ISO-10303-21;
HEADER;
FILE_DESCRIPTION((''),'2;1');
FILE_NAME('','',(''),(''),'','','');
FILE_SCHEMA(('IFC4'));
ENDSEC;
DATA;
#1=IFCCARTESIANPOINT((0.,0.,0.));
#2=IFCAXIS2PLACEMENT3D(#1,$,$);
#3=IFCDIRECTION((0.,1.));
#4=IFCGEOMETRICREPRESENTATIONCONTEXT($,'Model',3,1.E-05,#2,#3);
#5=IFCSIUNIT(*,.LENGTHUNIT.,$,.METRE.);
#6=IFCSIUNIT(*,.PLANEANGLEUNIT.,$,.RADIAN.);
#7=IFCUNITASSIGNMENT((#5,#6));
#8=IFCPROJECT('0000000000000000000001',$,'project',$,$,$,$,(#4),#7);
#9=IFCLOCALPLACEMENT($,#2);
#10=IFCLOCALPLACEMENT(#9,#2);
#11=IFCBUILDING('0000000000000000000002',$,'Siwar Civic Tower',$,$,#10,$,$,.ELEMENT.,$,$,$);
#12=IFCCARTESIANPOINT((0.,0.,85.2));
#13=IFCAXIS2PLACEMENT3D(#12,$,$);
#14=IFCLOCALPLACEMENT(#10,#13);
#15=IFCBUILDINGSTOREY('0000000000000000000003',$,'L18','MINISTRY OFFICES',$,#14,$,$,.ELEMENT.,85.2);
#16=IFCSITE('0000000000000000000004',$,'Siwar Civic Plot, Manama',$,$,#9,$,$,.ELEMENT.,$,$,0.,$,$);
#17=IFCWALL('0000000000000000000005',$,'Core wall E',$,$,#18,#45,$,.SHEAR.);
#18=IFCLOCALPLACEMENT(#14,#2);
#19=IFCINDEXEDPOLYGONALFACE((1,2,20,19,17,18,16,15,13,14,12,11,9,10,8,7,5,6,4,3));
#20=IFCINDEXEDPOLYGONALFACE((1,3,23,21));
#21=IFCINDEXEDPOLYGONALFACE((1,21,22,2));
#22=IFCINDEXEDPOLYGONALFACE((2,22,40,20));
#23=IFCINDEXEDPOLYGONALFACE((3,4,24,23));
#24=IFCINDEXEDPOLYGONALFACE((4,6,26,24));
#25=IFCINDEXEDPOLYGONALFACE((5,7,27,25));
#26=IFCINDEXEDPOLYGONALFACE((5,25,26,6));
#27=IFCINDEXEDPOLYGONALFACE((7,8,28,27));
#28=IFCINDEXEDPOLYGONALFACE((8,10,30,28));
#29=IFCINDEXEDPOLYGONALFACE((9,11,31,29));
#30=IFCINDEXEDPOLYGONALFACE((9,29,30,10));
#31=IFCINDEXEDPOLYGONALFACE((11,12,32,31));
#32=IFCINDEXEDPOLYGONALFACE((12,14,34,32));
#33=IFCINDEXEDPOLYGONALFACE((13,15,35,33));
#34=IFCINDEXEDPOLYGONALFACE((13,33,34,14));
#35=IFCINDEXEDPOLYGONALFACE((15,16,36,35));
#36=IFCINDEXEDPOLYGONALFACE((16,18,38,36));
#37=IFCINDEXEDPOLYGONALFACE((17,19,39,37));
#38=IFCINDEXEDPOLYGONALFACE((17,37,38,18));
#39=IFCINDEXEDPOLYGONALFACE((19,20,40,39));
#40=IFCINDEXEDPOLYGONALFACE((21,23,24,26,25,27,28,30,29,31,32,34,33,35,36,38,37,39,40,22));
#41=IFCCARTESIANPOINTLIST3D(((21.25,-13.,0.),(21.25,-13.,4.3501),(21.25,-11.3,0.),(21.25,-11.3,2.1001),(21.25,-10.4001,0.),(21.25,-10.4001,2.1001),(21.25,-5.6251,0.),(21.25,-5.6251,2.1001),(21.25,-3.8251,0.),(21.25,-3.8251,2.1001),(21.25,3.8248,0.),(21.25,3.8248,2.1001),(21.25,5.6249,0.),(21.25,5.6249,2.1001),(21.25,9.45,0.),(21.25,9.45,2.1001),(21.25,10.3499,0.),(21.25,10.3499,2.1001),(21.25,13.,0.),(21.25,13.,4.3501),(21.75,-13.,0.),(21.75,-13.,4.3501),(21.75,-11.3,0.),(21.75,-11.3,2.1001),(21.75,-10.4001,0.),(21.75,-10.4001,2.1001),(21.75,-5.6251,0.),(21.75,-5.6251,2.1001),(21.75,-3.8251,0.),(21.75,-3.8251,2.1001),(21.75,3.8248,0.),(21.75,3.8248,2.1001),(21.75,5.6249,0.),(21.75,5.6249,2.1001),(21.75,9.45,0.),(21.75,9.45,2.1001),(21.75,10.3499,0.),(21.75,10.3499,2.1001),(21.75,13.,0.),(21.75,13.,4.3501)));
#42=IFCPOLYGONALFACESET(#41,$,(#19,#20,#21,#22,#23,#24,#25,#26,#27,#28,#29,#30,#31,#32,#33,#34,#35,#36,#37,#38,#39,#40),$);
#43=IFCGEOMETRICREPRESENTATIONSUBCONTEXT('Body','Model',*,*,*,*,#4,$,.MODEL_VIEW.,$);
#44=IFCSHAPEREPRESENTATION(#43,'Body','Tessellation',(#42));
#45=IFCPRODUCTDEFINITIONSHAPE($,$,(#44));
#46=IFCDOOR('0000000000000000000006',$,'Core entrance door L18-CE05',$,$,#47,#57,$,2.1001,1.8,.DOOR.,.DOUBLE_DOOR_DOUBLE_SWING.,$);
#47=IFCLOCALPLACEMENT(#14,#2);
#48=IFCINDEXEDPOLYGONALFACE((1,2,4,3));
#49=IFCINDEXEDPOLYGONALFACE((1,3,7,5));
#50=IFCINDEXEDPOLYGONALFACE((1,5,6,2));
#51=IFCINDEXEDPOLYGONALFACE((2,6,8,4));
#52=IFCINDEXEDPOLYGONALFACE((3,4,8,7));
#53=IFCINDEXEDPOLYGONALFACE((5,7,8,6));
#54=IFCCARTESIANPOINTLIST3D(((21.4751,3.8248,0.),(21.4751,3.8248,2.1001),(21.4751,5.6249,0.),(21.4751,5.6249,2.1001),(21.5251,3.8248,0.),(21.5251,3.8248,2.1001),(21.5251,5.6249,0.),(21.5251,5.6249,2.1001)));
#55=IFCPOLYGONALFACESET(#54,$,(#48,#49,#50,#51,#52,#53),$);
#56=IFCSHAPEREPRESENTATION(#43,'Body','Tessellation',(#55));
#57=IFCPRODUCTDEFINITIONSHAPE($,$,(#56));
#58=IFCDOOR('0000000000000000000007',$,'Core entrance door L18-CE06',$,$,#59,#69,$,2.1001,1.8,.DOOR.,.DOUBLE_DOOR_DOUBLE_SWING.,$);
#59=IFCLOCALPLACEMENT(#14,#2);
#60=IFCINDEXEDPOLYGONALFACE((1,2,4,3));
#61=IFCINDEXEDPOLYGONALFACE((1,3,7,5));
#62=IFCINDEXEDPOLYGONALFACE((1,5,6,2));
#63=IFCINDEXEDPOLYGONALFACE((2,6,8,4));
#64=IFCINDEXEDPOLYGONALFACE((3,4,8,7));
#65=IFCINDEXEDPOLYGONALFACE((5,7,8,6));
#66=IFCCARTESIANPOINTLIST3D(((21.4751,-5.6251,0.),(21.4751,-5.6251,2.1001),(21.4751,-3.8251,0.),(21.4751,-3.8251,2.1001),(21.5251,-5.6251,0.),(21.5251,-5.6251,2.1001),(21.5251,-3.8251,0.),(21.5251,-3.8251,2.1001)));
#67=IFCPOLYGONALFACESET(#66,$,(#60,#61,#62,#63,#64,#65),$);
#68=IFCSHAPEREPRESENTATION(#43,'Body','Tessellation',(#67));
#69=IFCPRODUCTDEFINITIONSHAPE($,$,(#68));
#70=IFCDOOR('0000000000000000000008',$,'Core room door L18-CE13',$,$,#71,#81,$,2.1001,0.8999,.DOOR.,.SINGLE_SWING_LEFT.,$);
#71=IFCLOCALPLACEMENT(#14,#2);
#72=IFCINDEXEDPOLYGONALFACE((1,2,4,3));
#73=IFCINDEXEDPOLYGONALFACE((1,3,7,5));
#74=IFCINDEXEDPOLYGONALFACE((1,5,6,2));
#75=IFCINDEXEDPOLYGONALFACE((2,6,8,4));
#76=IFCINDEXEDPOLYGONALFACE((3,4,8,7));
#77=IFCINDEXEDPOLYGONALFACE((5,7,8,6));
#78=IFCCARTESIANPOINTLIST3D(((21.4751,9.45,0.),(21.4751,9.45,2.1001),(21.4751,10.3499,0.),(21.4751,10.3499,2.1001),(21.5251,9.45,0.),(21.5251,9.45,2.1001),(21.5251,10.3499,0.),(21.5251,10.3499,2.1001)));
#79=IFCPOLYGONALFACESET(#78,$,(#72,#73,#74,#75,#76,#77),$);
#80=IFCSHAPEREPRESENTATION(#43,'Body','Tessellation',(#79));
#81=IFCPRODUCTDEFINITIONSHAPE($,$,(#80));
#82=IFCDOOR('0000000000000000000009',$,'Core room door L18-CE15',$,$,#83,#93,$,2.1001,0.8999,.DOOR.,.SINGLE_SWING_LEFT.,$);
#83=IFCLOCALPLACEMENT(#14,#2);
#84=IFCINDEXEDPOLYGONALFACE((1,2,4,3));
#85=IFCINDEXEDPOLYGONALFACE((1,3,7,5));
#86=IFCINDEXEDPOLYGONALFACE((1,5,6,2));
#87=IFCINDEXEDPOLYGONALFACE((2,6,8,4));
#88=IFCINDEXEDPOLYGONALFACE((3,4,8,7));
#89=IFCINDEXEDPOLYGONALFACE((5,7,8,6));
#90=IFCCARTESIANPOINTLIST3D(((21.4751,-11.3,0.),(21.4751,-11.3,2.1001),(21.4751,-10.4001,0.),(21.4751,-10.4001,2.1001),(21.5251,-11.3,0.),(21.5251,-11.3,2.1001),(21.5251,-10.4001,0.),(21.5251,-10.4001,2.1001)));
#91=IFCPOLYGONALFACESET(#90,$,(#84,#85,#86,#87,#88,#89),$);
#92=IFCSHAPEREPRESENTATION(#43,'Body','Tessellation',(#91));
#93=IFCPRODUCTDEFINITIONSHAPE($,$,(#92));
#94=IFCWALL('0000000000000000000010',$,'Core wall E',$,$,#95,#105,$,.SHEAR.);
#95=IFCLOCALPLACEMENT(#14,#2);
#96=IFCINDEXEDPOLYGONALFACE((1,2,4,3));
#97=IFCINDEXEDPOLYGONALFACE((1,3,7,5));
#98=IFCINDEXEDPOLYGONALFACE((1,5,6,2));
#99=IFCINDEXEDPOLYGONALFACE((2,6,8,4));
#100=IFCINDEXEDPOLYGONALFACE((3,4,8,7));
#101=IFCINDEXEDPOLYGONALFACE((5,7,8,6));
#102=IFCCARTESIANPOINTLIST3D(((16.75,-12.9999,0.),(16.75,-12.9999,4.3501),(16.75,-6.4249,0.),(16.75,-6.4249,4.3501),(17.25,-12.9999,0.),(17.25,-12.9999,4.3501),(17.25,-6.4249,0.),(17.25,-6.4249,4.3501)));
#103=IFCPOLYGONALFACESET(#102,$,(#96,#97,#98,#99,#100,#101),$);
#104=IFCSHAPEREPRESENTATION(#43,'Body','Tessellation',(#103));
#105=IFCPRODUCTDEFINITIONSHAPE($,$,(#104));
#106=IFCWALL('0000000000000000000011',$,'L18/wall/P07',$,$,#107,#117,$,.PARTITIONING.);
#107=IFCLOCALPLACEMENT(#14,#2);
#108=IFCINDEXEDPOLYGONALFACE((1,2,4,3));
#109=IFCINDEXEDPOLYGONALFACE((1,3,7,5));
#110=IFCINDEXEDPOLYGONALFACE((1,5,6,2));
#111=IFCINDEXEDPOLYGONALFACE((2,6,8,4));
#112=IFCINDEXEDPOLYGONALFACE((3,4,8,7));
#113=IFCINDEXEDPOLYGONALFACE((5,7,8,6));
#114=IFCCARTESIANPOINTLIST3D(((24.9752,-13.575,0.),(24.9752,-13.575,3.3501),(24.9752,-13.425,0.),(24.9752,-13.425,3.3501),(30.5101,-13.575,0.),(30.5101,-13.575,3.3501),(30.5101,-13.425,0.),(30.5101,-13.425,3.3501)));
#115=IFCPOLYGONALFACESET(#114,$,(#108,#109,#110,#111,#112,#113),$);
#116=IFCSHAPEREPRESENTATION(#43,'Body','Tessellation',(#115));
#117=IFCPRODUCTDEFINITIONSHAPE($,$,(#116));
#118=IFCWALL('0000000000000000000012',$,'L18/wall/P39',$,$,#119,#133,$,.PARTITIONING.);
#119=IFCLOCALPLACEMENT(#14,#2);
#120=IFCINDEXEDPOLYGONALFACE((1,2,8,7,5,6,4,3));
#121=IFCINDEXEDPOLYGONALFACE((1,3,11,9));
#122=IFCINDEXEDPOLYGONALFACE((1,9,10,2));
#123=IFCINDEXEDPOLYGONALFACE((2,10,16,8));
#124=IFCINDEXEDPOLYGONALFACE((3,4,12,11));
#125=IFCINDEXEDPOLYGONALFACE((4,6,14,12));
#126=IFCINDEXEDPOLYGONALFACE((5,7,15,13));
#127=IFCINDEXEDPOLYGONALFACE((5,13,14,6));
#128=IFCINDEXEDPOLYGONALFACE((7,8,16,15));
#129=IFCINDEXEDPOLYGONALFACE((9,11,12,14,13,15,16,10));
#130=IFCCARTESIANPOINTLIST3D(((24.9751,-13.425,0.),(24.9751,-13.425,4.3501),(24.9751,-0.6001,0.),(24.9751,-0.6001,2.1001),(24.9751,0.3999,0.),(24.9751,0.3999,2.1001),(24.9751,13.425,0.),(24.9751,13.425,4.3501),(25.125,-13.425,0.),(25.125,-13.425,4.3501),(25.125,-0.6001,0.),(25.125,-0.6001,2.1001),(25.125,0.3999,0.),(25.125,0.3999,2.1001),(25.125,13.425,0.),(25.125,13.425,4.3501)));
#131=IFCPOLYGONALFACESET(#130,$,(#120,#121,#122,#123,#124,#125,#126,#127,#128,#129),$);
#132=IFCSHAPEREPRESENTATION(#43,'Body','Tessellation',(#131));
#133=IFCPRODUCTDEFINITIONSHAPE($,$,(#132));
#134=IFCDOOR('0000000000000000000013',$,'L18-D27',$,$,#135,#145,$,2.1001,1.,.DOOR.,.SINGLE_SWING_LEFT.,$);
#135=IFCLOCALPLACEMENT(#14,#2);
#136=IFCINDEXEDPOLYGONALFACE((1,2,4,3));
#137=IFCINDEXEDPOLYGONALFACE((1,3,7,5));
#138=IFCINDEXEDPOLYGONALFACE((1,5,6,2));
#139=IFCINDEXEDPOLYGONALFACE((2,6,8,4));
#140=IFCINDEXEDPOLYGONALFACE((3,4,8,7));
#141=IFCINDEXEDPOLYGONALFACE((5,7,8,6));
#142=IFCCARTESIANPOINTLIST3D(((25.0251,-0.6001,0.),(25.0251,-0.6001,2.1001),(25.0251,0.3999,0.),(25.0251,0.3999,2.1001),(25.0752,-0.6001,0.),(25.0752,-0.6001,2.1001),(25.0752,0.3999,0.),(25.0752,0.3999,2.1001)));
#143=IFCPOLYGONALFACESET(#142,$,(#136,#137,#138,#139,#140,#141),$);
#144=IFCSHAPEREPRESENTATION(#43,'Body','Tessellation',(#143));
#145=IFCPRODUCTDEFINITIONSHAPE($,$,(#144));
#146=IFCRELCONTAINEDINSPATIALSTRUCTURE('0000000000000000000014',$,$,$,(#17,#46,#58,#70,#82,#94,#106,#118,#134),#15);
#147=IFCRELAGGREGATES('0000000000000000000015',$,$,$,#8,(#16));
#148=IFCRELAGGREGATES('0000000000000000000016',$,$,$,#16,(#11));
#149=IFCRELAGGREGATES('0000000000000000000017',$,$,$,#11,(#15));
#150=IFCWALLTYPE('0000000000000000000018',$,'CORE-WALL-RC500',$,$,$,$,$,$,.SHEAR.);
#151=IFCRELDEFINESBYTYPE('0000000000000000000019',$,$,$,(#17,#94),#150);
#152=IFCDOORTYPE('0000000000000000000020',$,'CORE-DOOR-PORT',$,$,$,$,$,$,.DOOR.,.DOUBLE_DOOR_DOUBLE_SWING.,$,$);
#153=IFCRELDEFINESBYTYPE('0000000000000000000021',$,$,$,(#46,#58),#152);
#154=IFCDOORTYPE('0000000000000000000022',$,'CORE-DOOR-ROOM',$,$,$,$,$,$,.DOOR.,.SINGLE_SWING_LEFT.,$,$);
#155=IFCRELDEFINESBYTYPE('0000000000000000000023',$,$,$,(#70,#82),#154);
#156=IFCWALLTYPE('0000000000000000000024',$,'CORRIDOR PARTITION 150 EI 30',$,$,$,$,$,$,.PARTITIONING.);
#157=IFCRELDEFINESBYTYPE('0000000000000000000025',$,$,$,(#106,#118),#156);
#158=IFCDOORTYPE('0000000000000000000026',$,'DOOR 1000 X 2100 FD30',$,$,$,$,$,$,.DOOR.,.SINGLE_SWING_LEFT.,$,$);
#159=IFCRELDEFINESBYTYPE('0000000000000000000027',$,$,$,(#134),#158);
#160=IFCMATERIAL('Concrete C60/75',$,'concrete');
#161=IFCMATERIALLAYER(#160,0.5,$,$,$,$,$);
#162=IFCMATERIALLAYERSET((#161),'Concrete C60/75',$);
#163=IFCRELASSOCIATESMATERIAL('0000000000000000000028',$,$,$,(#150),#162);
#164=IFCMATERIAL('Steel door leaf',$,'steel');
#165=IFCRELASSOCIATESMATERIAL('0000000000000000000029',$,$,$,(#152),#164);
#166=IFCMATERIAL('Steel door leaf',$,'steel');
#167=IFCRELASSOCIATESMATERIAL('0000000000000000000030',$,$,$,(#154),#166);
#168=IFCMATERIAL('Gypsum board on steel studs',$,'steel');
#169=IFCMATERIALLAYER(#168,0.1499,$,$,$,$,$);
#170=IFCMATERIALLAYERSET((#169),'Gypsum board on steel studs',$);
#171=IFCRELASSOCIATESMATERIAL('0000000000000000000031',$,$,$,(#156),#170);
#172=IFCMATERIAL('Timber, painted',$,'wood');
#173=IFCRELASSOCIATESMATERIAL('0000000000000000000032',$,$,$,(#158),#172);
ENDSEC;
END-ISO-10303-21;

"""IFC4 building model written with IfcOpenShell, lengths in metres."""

from ifc_helpers import new_model, si_unit, direction, frame, frame_2d, origin, place, context, subcontext, project, spatial, rectangle, extrude, material, layer, layer_set, type_object, element, fill, save


model = new_model("IFC4")

# Units and contexts
model_context = context("Model", 3, precision=1e-05, world=origin(), true_north=direction((0.0, 1.0)))
body_context = subcontext(model_context, "Body", "Model", "MODEL_VIEW")
ifc_project = project(units=[si_unit("LENGTHUNIT", "METRE"), si_unit("PLANEANGLEUNIT", "RADIAN")], contexts=[model_context])

# Site, building, storey
site_placement = place(None, origin())
site = spatial("IfcSite", under=ifc_project, at=site_placement, Name="Siwar Civic Plot, Manama", CompositionType="ELEMENT", RefElevation=0.0)
building_placement = place(site_placement, origin())
building = spatial("IfcBuilding", under=site, at=building_placement, Name="Siwar Civic Tower", CompositionType="ELEMENT")
storey_placement = place(building_placement, frame((0.0, 0.0, 85.2)))
storey = spatial("IfcBuildingStorey", under=building, at=storey_placement, Name="L18", Description="MINISTRY OFFICES", CompositionType="ELEMENT", Elevation=85.2)

# Wall, openings, doors
ifc_material_1 = material(Name="Concrete C60/75", Category="concrete")
ifc_layer_1 = layer(ifc_material_1, 0.5)
ifc_layer_set_1 = layer_set([ifc_layer_1], Name="Concrete C60/75")
wall_type_1 = type_object("IfcWallType", Name="CORE-WALL-RC500", PredefinedType="SHEAR", material=ifc_layer_set_1)
wall_1_placement = place(storey_placement, frame((21.5, -13.0, 0.0), z_axis=(0.0, 0.0, 1.0), x_axis=(0.0, 1.0, 0.0)))
wall_1 = element("IfcWall", 1, at=wall_1_placement, inside=storey, type_object=wall_type_1, Name="Core wall E", PredefinedType="SHEAR", context=body_context, shape_type="SweptSolid", body=[
    extrude(rectangle(XDim=26.0, YDim=0.5, at=frame_2d((13.0, 0.0))), origin(), (0.0, 0.0, 1.0), 4.3501),
])
opening_1_placement = place(wall_1_placement, frame((16.825, 0.0, 0.0)))
opening_1 = element("IfcOpeningElement", 2, at=opening_1_placement, cuts=wall_1, PredefinedType="OPENING", context=body_context, shape_type="SweptSolid", body=[
    extrude(rectangle(XDim=1.8, YDim=2.1001, at=frame_2d((0.8999, 1.05))), frame((0.0, 0.26, 0.0), z_axis=(0.0, -1.0, 0.0), x_axis=(1.0, 0.0, 0.0)), (0.0, 0.0, 1.0), 0.52),
])
opening_2_placement = place(wall_1_placement, frame((7.375, 0.0, 0.0)))
opening_2 = element("IfcOpeningElement", 3, at=opening_2_placement, cuts=wall_1, PredefinedType="OPENING", context=body_context, shape_type="SweptSolid", body=[
    extrude(rectangle(XDim=1.8, YDim=2.1001, at=frame_2d((0.8999, 1.05))), frame((0.0, 0.26, 0.0), z_axis=(0.0, -1.0, 0.0), x_axis=(1.0, 0.0, 0.0)), (0.0, 0.0, 1.0), 0.52),
])
opening_3_placement = place(wall_1_placement, frame((22.45, 0.0, 0.0)))
opening_3 = element("IfcOpeningElement", 4, at=opening_3_placement, cuts=wall_1, PredefinedType="OPENING", context=body_context, shape_type="SweptSolid", body=[
    extrude(rectangle(XDim=0.8999, YDim=2.1001, at=frame_2d((0.45, 1.05))), frame((0.0, 0.26, 0.0), z_axis=(0.0, -1.0, 0.0), x_axis=(1.0, 0.0, 0.0)), (0.0, 0.0, 1.0), 0.52),
])
opening_4_placement = place(wall_1_placement, frame((1.7, 0.0, 0.0)))
opening_4 = element("IfcOpeningElement", 5, at=opening_4_placement, cuts=wall_1, PredefinedType="OPENING", context=body_context, shape_type="SweptSolid", body=[
    extrude(rectangle(XDim=0.8999, YDim=2.1001, at=frame_2d((0.45, 1.05))), frame((0.0, 0.26, 0.0), z_axis=(0.0, -1.0, 0.0), x_axis=(1.0, 0.0, 0.0)), (0.0, 0.0, 1.0), 0.52),
])
ifc_material_2 = material(Name="Steel door leaf", Category="steel")
door_type_1 = type_object("IfcDoorType", Name="CORE-DOOR-PORT", OperationType="DOUBLE_DOOR_DOUBLE_SWING", PredefinedType="DOOR", material=ifc_material_2)
door_1_placement = place(opening_1_placement, origin())
door_1 = element("IfcDoor", 6, at=door_1_placement, inside=storey, type_object=door_type_1, Name="Core entrance door L18-CE05", OperationType="DOUBLE_DOOR_DOUBLE_SWING", OverallHeight=2.1001, OverallWidth=1.8, PredefinedType="DOOR", context=body_context, shape_type="SweptSolid", body=[
    extrude(rectangle(XDim=1.8, YDim=2.1001, at=frame_2d((0.8999, 1.05))), frame((0.0, 0.0249, 0.0), z_axis=(0.0, -1.0, 0.0), x_axis=(1.0, 0.0, 0.0)), (0.0, 0.0, 1.0), 0.05),
])
fill(opening_1, door_1)
door_2_placement = place(opening_2_placement, origin())
door_2 = element("IfcDoor", 7, at=door_2_placement, inside=storey, type_object=door_type_1, Name="Core entrance door L18-CE06", OperationType="DOUBLE_DOOR_DOUBLE_SWING", OverallHeight=2.1001, OverallWidth=1.8, PredefinedType="DOOR", context=body_context, shape_type="SweptSolid", body=[
    extrude(rectangle(XDim=1.8, YDim=2.1001, at=frame_2d((0.8999, 1.05))), frame((0.0, 0.0249, 0.0), z_axis=(0.0, -1.0, 0.0), x_axis=(1.0, 0.0, 0.0)), (0.0, 0.0, 1.0), 0.05),
])
fill(opening_2, door_2)
ifc_material_3 = material(Name="Steel door leaf", Category="steel")
door_type_2 = type_object("IfcDoorType", Name="CORE-DOOR-ROOM", OperationType="SINGLE_SWING_LEFT", PredefinedType="DOOR", material=ifc_material_3)
door_3_placement = place(opening_3_placement, origin())
door_3 = element("IfcDoor", 8, at=door_3_placement, inside=storey, type_object=door_type_2, Name="Core room door L18-CE13", OperationType="SINGLE_SWING_LEFT", OverallHeight=2.1001, OverallWidth=0.8999, PredefinedType="DOOR", context=body_context, shape_type="SweptSolid", body=[
    extrude(rectangle(XDim=0.8999, YDim=2.1001, at=frame_2d((0.45, 1.05))), frame((0.0, 0.0249, 0.0), z_axis=(0.0, -1.0, 0.0), x_axis=(1.0, 0.0, 0.0)), (0.0, 0.0, 1.0), 0.05),
])
fill(opening_3, door_3)
door_4_placement = place(opening_4_placement, origin())
door_4 = element("IfcDoor", 9, at=door_4_placement, inside=storey, type_object=door_type_2, Name="Core room door L18-CE15", OperationType="SINGLE_SWING_LEFT", OverallHeight=2.1001, OverallWidth=0.8999, PredefinedType="DOOR", context=body_context, shape_type="SweptSolid", body=[
    extrude(rectangle(XDim=0.8999, YDim=2.1001, at=frame_2d((0.45, 1.05))), frame((0.0, 0.0249, 0.0), z_axis=(0.0, -1.0, 0.0), x_axis=(1.0, 0.0, 0.0)), (0.0, 0.0, 1.0), 0.05),
])
fill(opening_4, door_4)

# Walls
wall_2_placement = place(storey_placement, frame((17.0, -13.0, 0.0), z_axis=(0.0, 0.0, 1.0), x_axis=(0.0, 1.0, 0.0)))
element("IfcWall", 10, at=wall_2_placement, inside=storey, type_object=wall_type_1, Name="Core wall E", PredefinedType="SHEAR", context=body_context, shape_type="SweptSolid", body=[
    extrude(rectangle(XDim=6.575, YDim=0.5, at=frame_2d((3.2876, 0.0))), origin(), (0.0, 0.0, 1.0), 4.3501),
])
ifc_material_4 = material(Name="Gypsum board on steel studs", Category="steel")
ifc_layer_2 = layer(ifc_material_4, 0.1499)
ifc_layer_set_2 = layer_set([ifc_layer_2], Name="Gypsum board on steel studs")
wall_type_2 = type_object("IfcWallType", Name="CORRIDOR PARTITION 150 EI 30", PredefinedType="PARTITIONING", material=ifc_layer_set_2)
wall_3_placement = place(storey_placement, frame((24.9751, -13.5, 0.0), z_axis=(0.0, 0.0, 1.0), x_axis=(1.0, 0.0, 0.0)))
element("IfcWall", 11, at=wall_3_placement, inside=storey, type_object=wall_type_2, Name="L18/wall/P07", PredefinedType="PARTITIONING", context=body_context, shape_type="SweptSolid", body=[
    extrude(rectangle(XDim=5.5349, YDim=0.1499, at=frame_2d((2.7676, 0.0))), origin(), (0.0, 0.0, 1.0), 3.3501),
])

# Wall, opening, door
wall_4_placement = place(storey_placement, frame((25.05, -13.425, 0.0), z_axis=(0.0, 0.0, 1.0), x_axis=(0.0, 1.0, 0.0)))
wall_4 = element("IfcWall", 12, at=wall_4_placement, inside=storey, type_object=wall_type_2, Name="L18/wall/P39", PredefinedType="PARTITIONING", context=body_context, shape_type="SweptSolid", body=[
    extrude(rectangle(XDim=26.8501, YDim=0.1499, at=frame_2d((13.425, 0.0))), origin(), (0.0, 0.0, 1.0), 4.3501),
])
opening_5_placement = place(wall_4_placement, frame((12.825, 0.0, 0.0)))
opening_5 = element("IfcOpeningElement", 13, at=opening_5_placement, cuts=wall_4, PredefinedType="OPENING", context=body_context, shape_type="SweptSolid", body=[
    extrude(rectangle(XDim=1.0, YDim=2.1001, at=frame_2d((0.5, 1.05))), frame((0.0, 0.085, 0.0), z_axis=(0.0, -1.0, 0.0), x_axis=(1.0, 0.0, 0.0)), (0.0, 0.0, 1.0), 0.1699),
])
ifc_material_5 = material(Name="Timber, painted", Category="wood")
door_type_3 = type_object("IfcDoorType", Name="DOOR 1000 X 2100 FD30", OperationType="SINGLE_SWING_LEFT", PredefinedType="DOOR", material=ifc_material_5)
door_5_placement = place(opening_5_placement, origin())
door_5 = element("IfcDoor", 14, at=door_5_placement, inside=storey, type_object=door_type_3, Name="L18-D27", OperationType="SINGLE_SWING_LEFT", OverallHeight=2.1001, OverallWidth=1.0, PredefinedType="DOOR", context=body_context, shape_type="SweptSolid", body=[
    extrude(rectangle(XDim=1.0, YDim=2.1001, at=frame_2d((0.5, 1.05))), frame((0.0, 0.0249, 0.0), z_axis=(0.0, -1.0, 0.0), x_axis=(1.0, 0.0, 0.0)), (0.0, 0.0, 1.0), 0.05),
])
fill(opening_5, door_5)

save(model, "model.ifc")
